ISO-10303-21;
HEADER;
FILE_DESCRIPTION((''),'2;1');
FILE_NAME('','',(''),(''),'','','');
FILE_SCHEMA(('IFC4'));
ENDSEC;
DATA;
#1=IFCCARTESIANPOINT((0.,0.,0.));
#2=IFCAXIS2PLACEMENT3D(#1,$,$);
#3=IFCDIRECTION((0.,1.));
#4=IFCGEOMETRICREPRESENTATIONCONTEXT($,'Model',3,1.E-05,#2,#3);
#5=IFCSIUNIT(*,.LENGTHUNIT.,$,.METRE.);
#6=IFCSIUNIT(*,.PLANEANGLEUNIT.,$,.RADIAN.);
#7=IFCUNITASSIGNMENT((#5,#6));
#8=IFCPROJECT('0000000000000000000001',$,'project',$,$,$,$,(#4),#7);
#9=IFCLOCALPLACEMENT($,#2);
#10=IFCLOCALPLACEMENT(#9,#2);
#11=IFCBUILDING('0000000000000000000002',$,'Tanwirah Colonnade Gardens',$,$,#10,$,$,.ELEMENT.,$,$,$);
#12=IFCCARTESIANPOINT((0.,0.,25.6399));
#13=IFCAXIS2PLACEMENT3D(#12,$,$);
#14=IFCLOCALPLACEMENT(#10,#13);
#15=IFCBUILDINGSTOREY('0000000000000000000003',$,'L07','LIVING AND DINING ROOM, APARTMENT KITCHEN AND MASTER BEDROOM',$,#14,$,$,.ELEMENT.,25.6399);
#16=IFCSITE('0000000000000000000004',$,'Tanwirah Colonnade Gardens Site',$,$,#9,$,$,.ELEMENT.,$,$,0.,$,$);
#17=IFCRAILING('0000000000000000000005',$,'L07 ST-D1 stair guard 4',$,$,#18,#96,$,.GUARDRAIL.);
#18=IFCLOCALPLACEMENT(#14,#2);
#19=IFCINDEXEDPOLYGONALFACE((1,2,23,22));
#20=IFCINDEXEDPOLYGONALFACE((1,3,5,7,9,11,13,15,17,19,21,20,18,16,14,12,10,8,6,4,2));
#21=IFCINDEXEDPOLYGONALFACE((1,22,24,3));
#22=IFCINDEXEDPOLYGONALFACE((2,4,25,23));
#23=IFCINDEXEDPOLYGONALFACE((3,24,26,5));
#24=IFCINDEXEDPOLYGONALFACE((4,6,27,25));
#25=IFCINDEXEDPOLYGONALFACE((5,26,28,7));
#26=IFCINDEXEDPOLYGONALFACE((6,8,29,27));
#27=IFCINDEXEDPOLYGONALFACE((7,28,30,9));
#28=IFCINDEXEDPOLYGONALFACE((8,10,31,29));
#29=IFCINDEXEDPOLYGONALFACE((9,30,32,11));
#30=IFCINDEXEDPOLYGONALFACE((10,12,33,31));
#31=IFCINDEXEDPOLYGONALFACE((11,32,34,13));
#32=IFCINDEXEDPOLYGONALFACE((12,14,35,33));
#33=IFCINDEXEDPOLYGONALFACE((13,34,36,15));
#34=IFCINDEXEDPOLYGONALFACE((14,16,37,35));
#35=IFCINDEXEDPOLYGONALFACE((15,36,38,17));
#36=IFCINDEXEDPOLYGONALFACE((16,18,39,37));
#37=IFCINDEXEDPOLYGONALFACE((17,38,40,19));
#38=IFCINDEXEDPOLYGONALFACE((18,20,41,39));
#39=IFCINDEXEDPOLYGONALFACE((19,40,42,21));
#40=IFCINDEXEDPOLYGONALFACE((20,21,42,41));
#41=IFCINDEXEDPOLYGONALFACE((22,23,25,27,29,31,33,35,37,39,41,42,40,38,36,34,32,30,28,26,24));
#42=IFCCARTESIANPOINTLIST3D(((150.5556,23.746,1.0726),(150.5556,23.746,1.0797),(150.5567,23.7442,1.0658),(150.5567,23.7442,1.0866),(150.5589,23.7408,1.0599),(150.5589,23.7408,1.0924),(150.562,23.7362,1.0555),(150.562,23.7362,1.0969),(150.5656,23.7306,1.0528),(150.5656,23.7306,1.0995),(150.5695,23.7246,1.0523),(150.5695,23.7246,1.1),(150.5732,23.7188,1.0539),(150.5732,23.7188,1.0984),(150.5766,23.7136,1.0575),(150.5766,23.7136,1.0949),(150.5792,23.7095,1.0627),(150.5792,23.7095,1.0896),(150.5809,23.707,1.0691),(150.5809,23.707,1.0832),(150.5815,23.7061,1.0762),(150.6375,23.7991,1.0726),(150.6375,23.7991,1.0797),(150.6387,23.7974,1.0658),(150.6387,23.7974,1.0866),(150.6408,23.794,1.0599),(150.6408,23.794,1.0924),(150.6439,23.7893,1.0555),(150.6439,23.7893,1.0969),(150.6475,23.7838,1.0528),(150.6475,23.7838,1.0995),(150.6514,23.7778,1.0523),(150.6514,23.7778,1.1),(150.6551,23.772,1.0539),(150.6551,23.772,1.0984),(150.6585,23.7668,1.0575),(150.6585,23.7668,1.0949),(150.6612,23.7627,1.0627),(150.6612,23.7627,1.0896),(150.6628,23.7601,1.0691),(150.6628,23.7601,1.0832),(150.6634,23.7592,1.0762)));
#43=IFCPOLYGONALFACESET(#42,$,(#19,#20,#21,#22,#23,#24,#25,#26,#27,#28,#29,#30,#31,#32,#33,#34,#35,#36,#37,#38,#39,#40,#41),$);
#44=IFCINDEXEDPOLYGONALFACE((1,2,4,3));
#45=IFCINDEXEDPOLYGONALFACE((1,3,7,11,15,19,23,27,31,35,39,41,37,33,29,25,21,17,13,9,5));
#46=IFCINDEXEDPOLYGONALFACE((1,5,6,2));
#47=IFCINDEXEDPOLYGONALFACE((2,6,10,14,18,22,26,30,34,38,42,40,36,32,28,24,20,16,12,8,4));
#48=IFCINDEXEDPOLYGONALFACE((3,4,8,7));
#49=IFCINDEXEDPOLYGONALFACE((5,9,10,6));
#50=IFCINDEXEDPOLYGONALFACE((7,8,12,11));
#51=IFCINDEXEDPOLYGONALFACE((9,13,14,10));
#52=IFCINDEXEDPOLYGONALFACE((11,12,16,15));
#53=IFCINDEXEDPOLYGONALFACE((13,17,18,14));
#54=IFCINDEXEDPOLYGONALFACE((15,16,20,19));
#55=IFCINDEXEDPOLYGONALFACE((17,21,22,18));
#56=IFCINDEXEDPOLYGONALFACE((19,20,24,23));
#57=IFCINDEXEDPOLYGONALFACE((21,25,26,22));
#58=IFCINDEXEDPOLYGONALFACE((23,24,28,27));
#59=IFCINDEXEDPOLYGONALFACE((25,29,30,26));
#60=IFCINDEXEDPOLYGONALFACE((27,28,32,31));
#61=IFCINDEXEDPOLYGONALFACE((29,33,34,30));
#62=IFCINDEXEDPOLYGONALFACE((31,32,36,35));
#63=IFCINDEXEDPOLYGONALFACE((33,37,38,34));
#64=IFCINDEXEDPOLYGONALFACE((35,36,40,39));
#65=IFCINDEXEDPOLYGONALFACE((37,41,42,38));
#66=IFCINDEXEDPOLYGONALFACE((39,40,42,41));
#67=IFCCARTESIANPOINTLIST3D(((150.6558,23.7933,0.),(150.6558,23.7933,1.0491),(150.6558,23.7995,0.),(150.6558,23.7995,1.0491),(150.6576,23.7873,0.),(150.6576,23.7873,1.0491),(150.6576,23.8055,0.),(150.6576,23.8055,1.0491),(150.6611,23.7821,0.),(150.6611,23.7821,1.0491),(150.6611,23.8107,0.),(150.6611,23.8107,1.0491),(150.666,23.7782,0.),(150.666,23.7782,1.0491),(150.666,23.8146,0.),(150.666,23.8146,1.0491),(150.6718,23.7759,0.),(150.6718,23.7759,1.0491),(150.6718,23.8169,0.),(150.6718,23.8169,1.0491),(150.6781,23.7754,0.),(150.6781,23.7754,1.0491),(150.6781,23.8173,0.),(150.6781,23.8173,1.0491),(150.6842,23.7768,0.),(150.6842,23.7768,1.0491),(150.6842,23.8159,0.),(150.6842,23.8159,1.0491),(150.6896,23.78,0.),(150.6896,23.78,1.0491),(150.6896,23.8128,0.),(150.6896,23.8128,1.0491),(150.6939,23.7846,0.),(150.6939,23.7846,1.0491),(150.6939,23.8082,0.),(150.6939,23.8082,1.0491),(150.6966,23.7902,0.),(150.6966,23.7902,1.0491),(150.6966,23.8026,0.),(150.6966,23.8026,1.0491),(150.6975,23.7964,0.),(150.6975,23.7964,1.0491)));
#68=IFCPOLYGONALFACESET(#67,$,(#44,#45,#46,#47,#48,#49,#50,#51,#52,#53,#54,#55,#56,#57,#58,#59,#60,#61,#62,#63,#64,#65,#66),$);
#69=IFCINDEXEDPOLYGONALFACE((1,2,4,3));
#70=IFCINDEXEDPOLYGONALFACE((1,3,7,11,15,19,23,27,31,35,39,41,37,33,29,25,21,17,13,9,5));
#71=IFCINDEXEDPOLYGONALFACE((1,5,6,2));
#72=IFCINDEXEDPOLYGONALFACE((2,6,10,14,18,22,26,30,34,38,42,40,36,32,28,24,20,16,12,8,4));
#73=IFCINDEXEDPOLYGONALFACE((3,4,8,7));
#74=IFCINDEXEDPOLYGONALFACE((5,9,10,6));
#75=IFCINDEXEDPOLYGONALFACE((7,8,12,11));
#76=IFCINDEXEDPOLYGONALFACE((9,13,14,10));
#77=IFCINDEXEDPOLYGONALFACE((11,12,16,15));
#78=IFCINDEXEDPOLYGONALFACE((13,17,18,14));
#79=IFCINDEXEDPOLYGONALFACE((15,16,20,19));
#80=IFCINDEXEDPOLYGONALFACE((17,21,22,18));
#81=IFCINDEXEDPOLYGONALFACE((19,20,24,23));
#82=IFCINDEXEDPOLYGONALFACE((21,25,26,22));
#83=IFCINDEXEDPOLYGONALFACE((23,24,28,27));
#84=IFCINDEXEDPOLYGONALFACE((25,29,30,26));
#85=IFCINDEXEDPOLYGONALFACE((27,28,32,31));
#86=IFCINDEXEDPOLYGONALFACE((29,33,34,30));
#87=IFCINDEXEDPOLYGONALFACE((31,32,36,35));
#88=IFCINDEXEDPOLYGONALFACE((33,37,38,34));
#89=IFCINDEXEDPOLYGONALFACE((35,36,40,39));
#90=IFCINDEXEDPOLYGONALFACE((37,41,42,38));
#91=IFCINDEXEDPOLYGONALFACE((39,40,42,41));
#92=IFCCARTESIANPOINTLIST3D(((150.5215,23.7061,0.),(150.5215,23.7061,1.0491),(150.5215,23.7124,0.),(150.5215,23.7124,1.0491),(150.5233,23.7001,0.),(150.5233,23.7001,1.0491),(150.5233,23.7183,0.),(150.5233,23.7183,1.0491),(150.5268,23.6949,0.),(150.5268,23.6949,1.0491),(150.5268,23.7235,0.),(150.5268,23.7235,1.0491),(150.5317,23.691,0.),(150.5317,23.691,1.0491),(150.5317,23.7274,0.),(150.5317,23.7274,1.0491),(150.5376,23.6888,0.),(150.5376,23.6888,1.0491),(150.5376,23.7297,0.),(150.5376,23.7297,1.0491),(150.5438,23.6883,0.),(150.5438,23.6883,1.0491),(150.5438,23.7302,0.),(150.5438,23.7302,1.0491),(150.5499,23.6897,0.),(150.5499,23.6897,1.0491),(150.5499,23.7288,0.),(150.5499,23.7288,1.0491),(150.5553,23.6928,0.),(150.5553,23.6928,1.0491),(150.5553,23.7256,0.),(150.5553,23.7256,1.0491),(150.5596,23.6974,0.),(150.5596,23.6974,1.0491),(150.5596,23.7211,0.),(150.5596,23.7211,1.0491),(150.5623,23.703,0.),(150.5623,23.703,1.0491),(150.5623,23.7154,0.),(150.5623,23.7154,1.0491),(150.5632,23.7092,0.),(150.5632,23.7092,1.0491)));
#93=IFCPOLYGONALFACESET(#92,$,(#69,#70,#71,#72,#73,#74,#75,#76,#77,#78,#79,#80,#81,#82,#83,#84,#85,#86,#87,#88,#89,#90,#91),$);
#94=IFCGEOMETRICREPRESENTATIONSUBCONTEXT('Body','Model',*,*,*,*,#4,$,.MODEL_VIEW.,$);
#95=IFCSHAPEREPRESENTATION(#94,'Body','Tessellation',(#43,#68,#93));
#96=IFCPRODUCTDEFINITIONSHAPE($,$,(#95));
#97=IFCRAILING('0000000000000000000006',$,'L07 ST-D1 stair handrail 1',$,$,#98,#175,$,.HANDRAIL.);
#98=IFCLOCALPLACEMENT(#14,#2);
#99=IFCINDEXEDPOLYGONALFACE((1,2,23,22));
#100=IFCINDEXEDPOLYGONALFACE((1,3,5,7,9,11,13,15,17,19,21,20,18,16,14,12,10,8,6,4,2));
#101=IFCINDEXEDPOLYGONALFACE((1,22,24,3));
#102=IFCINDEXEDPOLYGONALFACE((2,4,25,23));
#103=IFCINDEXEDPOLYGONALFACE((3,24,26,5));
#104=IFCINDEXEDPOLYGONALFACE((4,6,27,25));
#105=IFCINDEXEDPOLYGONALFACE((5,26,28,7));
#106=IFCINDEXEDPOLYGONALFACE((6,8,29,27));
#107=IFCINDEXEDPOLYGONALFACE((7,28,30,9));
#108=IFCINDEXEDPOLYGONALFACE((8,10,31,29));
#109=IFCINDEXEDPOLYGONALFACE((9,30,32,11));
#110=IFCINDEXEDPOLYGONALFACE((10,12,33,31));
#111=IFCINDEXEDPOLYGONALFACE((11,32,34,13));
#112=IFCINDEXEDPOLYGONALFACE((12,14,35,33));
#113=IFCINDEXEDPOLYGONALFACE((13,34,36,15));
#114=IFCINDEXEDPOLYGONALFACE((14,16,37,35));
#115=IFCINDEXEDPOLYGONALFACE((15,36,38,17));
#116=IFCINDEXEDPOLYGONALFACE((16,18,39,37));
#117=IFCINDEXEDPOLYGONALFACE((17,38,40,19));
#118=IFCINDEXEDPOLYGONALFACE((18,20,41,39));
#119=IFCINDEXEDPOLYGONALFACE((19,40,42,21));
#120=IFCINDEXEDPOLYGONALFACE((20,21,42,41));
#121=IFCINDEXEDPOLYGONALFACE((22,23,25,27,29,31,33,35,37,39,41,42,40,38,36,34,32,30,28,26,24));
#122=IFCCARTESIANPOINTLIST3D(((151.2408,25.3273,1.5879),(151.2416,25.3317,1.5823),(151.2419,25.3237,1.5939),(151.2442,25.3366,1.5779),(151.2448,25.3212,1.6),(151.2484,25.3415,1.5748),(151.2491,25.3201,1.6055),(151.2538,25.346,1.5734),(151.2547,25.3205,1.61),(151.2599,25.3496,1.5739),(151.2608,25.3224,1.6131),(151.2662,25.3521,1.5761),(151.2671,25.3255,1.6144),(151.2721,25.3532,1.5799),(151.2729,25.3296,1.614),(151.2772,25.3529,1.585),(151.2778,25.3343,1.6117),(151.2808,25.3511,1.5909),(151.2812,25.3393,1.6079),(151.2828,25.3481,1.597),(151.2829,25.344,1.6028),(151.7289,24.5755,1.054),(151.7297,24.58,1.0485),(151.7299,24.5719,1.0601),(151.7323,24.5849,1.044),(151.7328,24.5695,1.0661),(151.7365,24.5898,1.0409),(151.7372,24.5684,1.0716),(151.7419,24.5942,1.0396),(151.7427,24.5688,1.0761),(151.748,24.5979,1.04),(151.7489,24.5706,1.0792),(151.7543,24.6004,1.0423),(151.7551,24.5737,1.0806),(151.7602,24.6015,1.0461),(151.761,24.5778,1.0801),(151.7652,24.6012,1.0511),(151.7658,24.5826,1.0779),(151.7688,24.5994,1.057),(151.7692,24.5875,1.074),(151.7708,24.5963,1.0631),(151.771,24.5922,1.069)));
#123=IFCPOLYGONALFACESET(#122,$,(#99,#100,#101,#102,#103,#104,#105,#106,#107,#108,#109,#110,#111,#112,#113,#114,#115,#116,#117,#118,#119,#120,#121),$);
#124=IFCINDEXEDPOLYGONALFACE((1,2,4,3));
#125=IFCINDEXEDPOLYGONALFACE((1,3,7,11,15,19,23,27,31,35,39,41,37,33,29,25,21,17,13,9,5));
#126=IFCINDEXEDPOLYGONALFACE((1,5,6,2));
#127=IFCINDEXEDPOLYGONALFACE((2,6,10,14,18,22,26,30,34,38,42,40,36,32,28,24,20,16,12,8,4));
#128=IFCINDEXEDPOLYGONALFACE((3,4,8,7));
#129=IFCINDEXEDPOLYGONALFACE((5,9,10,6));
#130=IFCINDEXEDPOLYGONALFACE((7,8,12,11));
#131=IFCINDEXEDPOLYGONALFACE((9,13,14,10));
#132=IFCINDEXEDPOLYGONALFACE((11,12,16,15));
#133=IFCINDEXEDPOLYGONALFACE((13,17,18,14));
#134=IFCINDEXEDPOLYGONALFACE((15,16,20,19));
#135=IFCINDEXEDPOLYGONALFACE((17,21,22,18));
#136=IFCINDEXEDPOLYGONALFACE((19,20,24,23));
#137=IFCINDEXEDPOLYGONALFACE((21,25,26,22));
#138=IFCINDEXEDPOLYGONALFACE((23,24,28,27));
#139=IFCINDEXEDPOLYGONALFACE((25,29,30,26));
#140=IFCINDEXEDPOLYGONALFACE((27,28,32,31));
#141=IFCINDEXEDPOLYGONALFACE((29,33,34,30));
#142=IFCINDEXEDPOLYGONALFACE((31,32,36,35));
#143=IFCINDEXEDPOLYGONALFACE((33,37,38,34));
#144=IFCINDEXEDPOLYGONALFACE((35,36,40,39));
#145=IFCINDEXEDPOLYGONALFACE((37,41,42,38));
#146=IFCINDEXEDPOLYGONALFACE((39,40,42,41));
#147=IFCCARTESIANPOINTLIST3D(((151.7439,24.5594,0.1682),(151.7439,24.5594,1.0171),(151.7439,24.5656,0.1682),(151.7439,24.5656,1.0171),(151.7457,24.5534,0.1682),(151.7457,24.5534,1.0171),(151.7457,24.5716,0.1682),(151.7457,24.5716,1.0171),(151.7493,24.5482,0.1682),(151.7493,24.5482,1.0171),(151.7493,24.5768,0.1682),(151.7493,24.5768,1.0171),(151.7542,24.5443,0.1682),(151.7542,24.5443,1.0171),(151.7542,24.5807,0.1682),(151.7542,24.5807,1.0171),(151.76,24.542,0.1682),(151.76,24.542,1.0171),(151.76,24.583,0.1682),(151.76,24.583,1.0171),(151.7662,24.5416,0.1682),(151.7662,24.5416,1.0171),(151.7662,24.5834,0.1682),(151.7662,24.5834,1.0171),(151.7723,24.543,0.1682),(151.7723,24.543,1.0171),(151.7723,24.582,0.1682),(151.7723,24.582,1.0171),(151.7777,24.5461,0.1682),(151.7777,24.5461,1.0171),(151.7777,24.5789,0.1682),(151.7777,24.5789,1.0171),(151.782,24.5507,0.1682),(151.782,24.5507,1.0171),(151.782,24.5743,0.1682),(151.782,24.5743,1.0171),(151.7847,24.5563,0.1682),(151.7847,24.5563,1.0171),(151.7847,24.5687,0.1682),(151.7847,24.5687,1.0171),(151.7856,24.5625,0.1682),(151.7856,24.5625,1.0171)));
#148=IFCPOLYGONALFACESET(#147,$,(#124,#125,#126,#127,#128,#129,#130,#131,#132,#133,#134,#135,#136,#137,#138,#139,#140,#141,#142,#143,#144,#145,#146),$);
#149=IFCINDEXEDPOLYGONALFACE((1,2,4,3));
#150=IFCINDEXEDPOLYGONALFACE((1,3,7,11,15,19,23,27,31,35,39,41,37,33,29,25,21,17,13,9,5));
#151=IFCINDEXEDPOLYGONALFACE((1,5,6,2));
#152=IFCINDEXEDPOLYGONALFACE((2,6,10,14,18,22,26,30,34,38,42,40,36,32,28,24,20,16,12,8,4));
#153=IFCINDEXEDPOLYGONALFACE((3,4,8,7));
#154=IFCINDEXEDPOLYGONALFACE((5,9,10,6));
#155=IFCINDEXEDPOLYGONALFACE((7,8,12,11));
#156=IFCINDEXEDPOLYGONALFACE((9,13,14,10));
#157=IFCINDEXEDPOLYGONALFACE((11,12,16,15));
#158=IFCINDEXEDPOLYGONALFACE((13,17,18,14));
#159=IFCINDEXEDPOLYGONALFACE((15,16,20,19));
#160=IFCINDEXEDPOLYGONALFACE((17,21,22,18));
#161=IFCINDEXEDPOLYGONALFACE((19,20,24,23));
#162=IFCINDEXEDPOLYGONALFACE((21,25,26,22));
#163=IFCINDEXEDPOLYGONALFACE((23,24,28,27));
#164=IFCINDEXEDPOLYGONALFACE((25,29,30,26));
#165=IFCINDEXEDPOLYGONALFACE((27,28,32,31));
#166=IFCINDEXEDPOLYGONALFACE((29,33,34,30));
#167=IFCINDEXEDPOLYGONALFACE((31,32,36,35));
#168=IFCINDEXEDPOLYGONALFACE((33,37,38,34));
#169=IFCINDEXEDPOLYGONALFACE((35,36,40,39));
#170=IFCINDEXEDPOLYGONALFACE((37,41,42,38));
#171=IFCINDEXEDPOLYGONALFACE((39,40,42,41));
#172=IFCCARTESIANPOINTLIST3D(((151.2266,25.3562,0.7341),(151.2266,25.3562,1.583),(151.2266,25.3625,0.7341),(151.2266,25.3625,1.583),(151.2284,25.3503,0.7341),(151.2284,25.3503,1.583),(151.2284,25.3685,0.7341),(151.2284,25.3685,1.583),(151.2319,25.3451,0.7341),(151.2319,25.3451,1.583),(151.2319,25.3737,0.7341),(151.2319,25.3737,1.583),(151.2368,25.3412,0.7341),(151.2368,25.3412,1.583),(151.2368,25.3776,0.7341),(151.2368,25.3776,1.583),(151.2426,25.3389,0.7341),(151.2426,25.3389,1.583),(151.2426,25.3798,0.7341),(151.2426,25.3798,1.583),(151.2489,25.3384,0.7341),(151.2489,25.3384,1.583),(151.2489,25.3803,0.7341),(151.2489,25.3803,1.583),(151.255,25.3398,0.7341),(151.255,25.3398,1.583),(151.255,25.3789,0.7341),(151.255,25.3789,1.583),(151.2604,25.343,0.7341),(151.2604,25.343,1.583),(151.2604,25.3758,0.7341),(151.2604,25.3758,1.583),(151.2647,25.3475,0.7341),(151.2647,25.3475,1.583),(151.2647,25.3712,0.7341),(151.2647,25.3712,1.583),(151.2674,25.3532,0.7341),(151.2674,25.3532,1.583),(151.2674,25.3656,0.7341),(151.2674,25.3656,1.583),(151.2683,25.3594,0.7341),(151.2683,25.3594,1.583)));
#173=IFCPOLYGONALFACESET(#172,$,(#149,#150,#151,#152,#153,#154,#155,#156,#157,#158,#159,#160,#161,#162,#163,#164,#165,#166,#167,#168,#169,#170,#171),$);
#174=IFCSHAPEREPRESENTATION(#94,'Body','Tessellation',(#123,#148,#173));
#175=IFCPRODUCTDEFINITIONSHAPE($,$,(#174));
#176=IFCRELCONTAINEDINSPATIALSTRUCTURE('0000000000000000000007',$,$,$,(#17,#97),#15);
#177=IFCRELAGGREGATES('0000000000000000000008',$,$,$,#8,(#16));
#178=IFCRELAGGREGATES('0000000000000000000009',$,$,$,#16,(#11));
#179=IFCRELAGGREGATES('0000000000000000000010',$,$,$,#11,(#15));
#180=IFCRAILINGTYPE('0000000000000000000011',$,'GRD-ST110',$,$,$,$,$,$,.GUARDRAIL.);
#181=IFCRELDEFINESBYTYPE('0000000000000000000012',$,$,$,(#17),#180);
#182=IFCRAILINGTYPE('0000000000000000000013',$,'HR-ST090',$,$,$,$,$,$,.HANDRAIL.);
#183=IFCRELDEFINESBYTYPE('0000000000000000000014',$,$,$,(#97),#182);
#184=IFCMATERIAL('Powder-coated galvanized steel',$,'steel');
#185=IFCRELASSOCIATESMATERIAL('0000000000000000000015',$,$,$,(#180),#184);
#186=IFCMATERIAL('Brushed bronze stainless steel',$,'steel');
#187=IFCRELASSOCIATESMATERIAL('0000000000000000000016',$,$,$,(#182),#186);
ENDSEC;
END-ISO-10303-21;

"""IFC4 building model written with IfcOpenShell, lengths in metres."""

from ifc_helpers import new_model, si_unit, direction, frame, origin, origin_2d, place, context, subcontext, project, spatial, circle, extrude, material, type_object, element, save


model = new_model("IFC4")

# Units and contexts
model_context = context("Model", 3, precision=1e-05, world=origin(), true_north=direction((0.0, 1.0)))
body_context = subcontext(model_context, "Body", "Model", "MODEL_VIEW")
ifc_project = project(units=[si_unit("LENGTHUNIT", "METRE"), si_unit("PLANEANGLEUNIT", "RADIAN")], contexts=[model_context])

# Site, building, storey
site_placement = place(None, origin())
site = spatial("IfcSite", under=ifc_project, at=site_placement, Name="Tanwirah Colonnade Gardens Site", CompositionType="ELEMENT", RefElevation=0.0)
building_placement = place(site_placement, origin())
building = spatial("IfcBuilding", under=site, at=building_placement, Name="Tanwirah Colonnade Gardens", CompositionType="ELEMENT")
storey_placement = place(building_placement, frame((0.0, 0.0, 25.6399)))
storey = spatial("IfcBuildingStorey", under=building, at=storey_placement, Name="L07", Description="LIVING AND DINING ROOM, APARTMENT KITCHEN AND MASTER BEDROOM", CompositionType="ELEMENT", Elevation=25.6399)

# Railings
ifc_material_1 = material(Name="Powder-coated galvanized steel", Category="steel")
railing_type_1 = type_object("IfcRailingType", Name="GRD-ST110", PredefinedType="GUARDRAIL", material=ifc_material_1)
railing_1_placement = place(storey_placement, frame((150.6765, 23.7964, 0.0)))
element("IfcRailing", 1, at=railing_1_placement, inside=storey, type_object=railing_type_1, Name="L07 ST-D1 stair guard 4", PredefinedType="GUARDRAIL", context=body_context, shape_type="SweptSolid", body=[
    extrude(circle(Radius=0.0239, at=origin_2d()), frame((-0.0261, -0.0171, 1.0762), z_axis=(-0.838792, -0.544452, 0.0), x_axis=(0.544452, -0.838792, 0.0)), (0.0, 0.0, 1.0), 0.0977),
    extrude(circle(Radius=0.021, at=origin_2d()), origin(), (0.0, 0.0, 1.0), 1.0491),
    extrude(circle(Radius=0.021, at=origin_2d()), frame((-0.1343, -0.0872, 0.0)), (0.0, 0.0, 1.0), 1.0491),
])
ifc_material_2 = material(Name="Brushed bronze stainless steel", Category="steel")
railing_type_2 = type_object("IfcRailingType", Name="HR-ST090", PredefinedType="HANDRAIL", material=ifc_material_2)
railing_2_placement = place(storey_placement, frame((151.7646, 24.5625, 0.1682)))
element("IfcRailing", 2, at=railing_2_placement, inside=storey, type_object=railing_type_2, Name="L07 ST-D1 stair handrail 1", PredefinedType="HANDRAIL", context=body_context, shape_type="SweptSolid", body=[
    extrude(circle(Radius=0.0239, at=origin_2d()), frame((-0.0146, 0.0225, 0.8918), z_axis=(-0.467815, 0.720599, 0.511749), x_axis=(-0.838749, -0.544519, 0.0)), (0.0, 0.0, 1.0), 1.0432),
    extrude(circle(Radius=0.021, at=origin_2d()), origin(), (0.0, 0.0, 1.0), 0.8489),
    extrude(circle(Radius=0.021, at=origin_2d()), frame((-0.5173, 0.7969, 0.5659)), (0.0, 0.0, 1.0), 0.8489),
])

save(model, "model.ifc")
